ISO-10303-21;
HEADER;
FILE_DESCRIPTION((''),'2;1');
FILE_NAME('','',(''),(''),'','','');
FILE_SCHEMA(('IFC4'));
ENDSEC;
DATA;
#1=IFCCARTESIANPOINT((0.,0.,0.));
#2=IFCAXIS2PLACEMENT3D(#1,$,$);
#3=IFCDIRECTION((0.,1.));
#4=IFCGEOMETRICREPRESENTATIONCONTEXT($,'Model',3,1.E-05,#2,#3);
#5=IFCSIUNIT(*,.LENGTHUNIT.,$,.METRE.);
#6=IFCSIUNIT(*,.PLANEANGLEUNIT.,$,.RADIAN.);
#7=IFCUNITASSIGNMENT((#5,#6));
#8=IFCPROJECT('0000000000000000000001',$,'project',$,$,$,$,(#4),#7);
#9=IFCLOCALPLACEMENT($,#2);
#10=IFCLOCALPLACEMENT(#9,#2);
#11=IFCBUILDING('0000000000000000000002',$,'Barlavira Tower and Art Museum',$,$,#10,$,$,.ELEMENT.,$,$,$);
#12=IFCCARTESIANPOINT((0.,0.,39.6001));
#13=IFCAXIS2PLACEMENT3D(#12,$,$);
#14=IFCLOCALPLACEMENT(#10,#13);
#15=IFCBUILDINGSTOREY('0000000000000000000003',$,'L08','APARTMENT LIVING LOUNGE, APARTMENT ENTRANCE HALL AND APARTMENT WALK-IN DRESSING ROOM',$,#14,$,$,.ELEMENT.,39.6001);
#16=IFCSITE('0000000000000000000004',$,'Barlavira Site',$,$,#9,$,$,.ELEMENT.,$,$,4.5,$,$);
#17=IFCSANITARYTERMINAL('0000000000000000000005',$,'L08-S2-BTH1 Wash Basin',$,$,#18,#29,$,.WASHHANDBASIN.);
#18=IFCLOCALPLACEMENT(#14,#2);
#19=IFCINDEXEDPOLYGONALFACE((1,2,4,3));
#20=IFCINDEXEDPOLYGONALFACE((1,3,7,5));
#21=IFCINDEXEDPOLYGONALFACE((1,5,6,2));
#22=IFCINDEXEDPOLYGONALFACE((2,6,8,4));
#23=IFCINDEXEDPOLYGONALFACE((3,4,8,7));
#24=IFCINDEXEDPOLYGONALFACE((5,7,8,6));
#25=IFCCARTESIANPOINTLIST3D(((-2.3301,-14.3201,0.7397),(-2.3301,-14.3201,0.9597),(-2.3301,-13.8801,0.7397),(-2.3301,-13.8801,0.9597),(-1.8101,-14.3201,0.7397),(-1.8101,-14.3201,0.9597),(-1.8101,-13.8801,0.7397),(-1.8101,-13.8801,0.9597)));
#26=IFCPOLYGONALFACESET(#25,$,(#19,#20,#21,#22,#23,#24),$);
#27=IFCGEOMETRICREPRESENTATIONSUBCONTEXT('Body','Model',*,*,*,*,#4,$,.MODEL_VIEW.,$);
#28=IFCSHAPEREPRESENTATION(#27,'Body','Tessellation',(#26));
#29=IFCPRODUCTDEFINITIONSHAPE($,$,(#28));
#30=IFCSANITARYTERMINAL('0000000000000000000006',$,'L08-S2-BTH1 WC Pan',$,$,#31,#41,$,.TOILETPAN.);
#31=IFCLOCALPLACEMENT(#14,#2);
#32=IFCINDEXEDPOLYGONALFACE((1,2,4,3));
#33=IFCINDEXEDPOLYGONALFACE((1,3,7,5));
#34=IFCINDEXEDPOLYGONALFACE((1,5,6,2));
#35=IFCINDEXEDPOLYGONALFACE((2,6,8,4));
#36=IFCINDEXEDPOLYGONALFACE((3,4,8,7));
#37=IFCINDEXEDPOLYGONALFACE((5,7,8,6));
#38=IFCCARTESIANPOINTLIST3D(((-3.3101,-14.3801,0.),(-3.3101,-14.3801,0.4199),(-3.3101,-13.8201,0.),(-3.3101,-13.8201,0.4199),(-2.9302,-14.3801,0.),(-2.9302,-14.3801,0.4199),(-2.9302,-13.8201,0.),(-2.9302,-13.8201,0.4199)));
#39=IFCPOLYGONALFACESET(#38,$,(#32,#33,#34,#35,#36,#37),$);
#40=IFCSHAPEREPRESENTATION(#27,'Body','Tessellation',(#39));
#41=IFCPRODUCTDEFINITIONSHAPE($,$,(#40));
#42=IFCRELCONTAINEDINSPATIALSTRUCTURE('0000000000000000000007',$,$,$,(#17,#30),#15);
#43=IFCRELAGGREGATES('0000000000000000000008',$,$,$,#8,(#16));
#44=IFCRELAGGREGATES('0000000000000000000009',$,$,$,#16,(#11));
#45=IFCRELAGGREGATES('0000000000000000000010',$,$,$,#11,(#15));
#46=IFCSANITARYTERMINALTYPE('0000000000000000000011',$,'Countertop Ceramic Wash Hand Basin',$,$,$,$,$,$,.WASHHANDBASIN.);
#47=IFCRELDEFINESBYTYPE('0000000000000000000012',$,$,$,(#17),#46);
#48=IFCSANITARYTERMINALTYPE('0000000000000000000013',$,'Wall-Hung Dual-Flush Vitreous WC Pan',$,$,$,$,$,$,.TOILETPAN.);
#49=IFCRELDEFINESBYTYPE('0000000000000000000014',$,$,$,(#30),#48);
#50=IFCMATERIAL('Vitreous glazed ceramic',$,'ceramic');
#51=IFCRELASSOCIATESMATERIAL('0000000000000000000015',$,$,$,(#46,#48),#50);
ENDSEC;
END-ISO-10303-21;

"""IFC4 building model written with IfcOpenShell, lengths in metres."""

from ifc_helpers import new_model, si_unit, direction, frame, origin, origin_2d, place, context, subcontext, project, spatial, rectangle, extrude, material, type_object, element, save


model = new_model("IFC4")

# Units and contexts
model_context = context("Model", 3, precision=1e-05, world=origin(), true_north=direction((0.0, 1.0)))
body_context = subcontext(model_context, "Body", "Model", "MODEL_VIEW")
ifc_project = project(units=[si_unit("LENGTHUNIT", "METRE"), si_unit("PLANEANGLEUNIT", "RADIAN")], contexts=[model_context])

# Site, building, storey
site_placement = place(None, origin())
site = spatial("IfcSite", under=ifc_project, at=site_placement, Name="Barlavira Site", CompositionType="ELEMENT", RefElevation=4.5)
building_placement = place(site_placement, origin())
building = spatial("IfcBuilding", under=site, at=building_placement, Name="Barlavira Tower and Art Museum", CompositionType="ELEMENT")
storey_placement = place(building_placement, frame((0.0, 0.0, 39.6001)))
storey = spatial("IfcBuildingStorey", under=building, at=storey_placement, Name="L08", Description="APARTMENT LIVING LOUNGE, APARTMENT ENTRANCE HALL AND APARTMENT WALK-IN DRESSING ROOM", CompositionType="ELEMENT", Elevation=39.6001)

# Sanitary terminals
ifc_material_1 = material(Name="Vitreous glazed ceramic", Category="ceramic")
sanitary_terminal_type_1 = type_object("IfcSanitaryTerminalType", Name="Countertop Ceramic Wash Hand Basin", PredefinedType="WASHHANDBASIN", material=ifc_material_1)
sanitary_terminal_1_placement = place(storey_placement, frame((-2.0701, -14.1001, 0.7397), z_axis=(0.0, 0.0, 1.0), x_axis=(1.0, 0.0, 0.0)))
element("IfcSanitaryTerminal", 1, at=sanitary_terminal_1_placement, inside=storey, type_object=sanitary_terminal_type_1, Name="L08-S2-BTH1 Wash Basin", PredefinedType="WASHHANDBASIN", context=body_context, shape_type="SweptSolid", body=[
    extrude(rectangle(XDim=0.52, YDim=0.4399, at=origin_2d()), origin(), (0.0, 0.0, 1.0), 0.22),
])
sanitary_terminal_type_2 = type_object("IfcSanitaryTerminalType", Name="Wall-Hung Dual-Flush Vitreous WC Pan", PredefinedType="TOILETPAN", material=ifc_material_1)
sanitary_terminal_2_placement = place(storey_placement, frame((-3.1201, -14.1001, 0.0), z_axis=(0.0, 0.0, 1.0), x_axis=(1.0, 0.0, 0.0)))
element("IfcSanitaryTerminal", 2, at=sanitary_terminal_2_placement, inside=storey, type_object=sanitary_terminal_type_2, Name="L08-S2-BTH1 WC Pan", PredefinedType="TOILETPAN", context=body_context, shape_type="SweptSolid", body=[
    extrude(rectangle(XDim=0.3799, YDim=0.5601, at=origin_2d()), origin(), (0.0, 0.0, 1.0), 0.4199),
])

save(model, "model.ifc")
